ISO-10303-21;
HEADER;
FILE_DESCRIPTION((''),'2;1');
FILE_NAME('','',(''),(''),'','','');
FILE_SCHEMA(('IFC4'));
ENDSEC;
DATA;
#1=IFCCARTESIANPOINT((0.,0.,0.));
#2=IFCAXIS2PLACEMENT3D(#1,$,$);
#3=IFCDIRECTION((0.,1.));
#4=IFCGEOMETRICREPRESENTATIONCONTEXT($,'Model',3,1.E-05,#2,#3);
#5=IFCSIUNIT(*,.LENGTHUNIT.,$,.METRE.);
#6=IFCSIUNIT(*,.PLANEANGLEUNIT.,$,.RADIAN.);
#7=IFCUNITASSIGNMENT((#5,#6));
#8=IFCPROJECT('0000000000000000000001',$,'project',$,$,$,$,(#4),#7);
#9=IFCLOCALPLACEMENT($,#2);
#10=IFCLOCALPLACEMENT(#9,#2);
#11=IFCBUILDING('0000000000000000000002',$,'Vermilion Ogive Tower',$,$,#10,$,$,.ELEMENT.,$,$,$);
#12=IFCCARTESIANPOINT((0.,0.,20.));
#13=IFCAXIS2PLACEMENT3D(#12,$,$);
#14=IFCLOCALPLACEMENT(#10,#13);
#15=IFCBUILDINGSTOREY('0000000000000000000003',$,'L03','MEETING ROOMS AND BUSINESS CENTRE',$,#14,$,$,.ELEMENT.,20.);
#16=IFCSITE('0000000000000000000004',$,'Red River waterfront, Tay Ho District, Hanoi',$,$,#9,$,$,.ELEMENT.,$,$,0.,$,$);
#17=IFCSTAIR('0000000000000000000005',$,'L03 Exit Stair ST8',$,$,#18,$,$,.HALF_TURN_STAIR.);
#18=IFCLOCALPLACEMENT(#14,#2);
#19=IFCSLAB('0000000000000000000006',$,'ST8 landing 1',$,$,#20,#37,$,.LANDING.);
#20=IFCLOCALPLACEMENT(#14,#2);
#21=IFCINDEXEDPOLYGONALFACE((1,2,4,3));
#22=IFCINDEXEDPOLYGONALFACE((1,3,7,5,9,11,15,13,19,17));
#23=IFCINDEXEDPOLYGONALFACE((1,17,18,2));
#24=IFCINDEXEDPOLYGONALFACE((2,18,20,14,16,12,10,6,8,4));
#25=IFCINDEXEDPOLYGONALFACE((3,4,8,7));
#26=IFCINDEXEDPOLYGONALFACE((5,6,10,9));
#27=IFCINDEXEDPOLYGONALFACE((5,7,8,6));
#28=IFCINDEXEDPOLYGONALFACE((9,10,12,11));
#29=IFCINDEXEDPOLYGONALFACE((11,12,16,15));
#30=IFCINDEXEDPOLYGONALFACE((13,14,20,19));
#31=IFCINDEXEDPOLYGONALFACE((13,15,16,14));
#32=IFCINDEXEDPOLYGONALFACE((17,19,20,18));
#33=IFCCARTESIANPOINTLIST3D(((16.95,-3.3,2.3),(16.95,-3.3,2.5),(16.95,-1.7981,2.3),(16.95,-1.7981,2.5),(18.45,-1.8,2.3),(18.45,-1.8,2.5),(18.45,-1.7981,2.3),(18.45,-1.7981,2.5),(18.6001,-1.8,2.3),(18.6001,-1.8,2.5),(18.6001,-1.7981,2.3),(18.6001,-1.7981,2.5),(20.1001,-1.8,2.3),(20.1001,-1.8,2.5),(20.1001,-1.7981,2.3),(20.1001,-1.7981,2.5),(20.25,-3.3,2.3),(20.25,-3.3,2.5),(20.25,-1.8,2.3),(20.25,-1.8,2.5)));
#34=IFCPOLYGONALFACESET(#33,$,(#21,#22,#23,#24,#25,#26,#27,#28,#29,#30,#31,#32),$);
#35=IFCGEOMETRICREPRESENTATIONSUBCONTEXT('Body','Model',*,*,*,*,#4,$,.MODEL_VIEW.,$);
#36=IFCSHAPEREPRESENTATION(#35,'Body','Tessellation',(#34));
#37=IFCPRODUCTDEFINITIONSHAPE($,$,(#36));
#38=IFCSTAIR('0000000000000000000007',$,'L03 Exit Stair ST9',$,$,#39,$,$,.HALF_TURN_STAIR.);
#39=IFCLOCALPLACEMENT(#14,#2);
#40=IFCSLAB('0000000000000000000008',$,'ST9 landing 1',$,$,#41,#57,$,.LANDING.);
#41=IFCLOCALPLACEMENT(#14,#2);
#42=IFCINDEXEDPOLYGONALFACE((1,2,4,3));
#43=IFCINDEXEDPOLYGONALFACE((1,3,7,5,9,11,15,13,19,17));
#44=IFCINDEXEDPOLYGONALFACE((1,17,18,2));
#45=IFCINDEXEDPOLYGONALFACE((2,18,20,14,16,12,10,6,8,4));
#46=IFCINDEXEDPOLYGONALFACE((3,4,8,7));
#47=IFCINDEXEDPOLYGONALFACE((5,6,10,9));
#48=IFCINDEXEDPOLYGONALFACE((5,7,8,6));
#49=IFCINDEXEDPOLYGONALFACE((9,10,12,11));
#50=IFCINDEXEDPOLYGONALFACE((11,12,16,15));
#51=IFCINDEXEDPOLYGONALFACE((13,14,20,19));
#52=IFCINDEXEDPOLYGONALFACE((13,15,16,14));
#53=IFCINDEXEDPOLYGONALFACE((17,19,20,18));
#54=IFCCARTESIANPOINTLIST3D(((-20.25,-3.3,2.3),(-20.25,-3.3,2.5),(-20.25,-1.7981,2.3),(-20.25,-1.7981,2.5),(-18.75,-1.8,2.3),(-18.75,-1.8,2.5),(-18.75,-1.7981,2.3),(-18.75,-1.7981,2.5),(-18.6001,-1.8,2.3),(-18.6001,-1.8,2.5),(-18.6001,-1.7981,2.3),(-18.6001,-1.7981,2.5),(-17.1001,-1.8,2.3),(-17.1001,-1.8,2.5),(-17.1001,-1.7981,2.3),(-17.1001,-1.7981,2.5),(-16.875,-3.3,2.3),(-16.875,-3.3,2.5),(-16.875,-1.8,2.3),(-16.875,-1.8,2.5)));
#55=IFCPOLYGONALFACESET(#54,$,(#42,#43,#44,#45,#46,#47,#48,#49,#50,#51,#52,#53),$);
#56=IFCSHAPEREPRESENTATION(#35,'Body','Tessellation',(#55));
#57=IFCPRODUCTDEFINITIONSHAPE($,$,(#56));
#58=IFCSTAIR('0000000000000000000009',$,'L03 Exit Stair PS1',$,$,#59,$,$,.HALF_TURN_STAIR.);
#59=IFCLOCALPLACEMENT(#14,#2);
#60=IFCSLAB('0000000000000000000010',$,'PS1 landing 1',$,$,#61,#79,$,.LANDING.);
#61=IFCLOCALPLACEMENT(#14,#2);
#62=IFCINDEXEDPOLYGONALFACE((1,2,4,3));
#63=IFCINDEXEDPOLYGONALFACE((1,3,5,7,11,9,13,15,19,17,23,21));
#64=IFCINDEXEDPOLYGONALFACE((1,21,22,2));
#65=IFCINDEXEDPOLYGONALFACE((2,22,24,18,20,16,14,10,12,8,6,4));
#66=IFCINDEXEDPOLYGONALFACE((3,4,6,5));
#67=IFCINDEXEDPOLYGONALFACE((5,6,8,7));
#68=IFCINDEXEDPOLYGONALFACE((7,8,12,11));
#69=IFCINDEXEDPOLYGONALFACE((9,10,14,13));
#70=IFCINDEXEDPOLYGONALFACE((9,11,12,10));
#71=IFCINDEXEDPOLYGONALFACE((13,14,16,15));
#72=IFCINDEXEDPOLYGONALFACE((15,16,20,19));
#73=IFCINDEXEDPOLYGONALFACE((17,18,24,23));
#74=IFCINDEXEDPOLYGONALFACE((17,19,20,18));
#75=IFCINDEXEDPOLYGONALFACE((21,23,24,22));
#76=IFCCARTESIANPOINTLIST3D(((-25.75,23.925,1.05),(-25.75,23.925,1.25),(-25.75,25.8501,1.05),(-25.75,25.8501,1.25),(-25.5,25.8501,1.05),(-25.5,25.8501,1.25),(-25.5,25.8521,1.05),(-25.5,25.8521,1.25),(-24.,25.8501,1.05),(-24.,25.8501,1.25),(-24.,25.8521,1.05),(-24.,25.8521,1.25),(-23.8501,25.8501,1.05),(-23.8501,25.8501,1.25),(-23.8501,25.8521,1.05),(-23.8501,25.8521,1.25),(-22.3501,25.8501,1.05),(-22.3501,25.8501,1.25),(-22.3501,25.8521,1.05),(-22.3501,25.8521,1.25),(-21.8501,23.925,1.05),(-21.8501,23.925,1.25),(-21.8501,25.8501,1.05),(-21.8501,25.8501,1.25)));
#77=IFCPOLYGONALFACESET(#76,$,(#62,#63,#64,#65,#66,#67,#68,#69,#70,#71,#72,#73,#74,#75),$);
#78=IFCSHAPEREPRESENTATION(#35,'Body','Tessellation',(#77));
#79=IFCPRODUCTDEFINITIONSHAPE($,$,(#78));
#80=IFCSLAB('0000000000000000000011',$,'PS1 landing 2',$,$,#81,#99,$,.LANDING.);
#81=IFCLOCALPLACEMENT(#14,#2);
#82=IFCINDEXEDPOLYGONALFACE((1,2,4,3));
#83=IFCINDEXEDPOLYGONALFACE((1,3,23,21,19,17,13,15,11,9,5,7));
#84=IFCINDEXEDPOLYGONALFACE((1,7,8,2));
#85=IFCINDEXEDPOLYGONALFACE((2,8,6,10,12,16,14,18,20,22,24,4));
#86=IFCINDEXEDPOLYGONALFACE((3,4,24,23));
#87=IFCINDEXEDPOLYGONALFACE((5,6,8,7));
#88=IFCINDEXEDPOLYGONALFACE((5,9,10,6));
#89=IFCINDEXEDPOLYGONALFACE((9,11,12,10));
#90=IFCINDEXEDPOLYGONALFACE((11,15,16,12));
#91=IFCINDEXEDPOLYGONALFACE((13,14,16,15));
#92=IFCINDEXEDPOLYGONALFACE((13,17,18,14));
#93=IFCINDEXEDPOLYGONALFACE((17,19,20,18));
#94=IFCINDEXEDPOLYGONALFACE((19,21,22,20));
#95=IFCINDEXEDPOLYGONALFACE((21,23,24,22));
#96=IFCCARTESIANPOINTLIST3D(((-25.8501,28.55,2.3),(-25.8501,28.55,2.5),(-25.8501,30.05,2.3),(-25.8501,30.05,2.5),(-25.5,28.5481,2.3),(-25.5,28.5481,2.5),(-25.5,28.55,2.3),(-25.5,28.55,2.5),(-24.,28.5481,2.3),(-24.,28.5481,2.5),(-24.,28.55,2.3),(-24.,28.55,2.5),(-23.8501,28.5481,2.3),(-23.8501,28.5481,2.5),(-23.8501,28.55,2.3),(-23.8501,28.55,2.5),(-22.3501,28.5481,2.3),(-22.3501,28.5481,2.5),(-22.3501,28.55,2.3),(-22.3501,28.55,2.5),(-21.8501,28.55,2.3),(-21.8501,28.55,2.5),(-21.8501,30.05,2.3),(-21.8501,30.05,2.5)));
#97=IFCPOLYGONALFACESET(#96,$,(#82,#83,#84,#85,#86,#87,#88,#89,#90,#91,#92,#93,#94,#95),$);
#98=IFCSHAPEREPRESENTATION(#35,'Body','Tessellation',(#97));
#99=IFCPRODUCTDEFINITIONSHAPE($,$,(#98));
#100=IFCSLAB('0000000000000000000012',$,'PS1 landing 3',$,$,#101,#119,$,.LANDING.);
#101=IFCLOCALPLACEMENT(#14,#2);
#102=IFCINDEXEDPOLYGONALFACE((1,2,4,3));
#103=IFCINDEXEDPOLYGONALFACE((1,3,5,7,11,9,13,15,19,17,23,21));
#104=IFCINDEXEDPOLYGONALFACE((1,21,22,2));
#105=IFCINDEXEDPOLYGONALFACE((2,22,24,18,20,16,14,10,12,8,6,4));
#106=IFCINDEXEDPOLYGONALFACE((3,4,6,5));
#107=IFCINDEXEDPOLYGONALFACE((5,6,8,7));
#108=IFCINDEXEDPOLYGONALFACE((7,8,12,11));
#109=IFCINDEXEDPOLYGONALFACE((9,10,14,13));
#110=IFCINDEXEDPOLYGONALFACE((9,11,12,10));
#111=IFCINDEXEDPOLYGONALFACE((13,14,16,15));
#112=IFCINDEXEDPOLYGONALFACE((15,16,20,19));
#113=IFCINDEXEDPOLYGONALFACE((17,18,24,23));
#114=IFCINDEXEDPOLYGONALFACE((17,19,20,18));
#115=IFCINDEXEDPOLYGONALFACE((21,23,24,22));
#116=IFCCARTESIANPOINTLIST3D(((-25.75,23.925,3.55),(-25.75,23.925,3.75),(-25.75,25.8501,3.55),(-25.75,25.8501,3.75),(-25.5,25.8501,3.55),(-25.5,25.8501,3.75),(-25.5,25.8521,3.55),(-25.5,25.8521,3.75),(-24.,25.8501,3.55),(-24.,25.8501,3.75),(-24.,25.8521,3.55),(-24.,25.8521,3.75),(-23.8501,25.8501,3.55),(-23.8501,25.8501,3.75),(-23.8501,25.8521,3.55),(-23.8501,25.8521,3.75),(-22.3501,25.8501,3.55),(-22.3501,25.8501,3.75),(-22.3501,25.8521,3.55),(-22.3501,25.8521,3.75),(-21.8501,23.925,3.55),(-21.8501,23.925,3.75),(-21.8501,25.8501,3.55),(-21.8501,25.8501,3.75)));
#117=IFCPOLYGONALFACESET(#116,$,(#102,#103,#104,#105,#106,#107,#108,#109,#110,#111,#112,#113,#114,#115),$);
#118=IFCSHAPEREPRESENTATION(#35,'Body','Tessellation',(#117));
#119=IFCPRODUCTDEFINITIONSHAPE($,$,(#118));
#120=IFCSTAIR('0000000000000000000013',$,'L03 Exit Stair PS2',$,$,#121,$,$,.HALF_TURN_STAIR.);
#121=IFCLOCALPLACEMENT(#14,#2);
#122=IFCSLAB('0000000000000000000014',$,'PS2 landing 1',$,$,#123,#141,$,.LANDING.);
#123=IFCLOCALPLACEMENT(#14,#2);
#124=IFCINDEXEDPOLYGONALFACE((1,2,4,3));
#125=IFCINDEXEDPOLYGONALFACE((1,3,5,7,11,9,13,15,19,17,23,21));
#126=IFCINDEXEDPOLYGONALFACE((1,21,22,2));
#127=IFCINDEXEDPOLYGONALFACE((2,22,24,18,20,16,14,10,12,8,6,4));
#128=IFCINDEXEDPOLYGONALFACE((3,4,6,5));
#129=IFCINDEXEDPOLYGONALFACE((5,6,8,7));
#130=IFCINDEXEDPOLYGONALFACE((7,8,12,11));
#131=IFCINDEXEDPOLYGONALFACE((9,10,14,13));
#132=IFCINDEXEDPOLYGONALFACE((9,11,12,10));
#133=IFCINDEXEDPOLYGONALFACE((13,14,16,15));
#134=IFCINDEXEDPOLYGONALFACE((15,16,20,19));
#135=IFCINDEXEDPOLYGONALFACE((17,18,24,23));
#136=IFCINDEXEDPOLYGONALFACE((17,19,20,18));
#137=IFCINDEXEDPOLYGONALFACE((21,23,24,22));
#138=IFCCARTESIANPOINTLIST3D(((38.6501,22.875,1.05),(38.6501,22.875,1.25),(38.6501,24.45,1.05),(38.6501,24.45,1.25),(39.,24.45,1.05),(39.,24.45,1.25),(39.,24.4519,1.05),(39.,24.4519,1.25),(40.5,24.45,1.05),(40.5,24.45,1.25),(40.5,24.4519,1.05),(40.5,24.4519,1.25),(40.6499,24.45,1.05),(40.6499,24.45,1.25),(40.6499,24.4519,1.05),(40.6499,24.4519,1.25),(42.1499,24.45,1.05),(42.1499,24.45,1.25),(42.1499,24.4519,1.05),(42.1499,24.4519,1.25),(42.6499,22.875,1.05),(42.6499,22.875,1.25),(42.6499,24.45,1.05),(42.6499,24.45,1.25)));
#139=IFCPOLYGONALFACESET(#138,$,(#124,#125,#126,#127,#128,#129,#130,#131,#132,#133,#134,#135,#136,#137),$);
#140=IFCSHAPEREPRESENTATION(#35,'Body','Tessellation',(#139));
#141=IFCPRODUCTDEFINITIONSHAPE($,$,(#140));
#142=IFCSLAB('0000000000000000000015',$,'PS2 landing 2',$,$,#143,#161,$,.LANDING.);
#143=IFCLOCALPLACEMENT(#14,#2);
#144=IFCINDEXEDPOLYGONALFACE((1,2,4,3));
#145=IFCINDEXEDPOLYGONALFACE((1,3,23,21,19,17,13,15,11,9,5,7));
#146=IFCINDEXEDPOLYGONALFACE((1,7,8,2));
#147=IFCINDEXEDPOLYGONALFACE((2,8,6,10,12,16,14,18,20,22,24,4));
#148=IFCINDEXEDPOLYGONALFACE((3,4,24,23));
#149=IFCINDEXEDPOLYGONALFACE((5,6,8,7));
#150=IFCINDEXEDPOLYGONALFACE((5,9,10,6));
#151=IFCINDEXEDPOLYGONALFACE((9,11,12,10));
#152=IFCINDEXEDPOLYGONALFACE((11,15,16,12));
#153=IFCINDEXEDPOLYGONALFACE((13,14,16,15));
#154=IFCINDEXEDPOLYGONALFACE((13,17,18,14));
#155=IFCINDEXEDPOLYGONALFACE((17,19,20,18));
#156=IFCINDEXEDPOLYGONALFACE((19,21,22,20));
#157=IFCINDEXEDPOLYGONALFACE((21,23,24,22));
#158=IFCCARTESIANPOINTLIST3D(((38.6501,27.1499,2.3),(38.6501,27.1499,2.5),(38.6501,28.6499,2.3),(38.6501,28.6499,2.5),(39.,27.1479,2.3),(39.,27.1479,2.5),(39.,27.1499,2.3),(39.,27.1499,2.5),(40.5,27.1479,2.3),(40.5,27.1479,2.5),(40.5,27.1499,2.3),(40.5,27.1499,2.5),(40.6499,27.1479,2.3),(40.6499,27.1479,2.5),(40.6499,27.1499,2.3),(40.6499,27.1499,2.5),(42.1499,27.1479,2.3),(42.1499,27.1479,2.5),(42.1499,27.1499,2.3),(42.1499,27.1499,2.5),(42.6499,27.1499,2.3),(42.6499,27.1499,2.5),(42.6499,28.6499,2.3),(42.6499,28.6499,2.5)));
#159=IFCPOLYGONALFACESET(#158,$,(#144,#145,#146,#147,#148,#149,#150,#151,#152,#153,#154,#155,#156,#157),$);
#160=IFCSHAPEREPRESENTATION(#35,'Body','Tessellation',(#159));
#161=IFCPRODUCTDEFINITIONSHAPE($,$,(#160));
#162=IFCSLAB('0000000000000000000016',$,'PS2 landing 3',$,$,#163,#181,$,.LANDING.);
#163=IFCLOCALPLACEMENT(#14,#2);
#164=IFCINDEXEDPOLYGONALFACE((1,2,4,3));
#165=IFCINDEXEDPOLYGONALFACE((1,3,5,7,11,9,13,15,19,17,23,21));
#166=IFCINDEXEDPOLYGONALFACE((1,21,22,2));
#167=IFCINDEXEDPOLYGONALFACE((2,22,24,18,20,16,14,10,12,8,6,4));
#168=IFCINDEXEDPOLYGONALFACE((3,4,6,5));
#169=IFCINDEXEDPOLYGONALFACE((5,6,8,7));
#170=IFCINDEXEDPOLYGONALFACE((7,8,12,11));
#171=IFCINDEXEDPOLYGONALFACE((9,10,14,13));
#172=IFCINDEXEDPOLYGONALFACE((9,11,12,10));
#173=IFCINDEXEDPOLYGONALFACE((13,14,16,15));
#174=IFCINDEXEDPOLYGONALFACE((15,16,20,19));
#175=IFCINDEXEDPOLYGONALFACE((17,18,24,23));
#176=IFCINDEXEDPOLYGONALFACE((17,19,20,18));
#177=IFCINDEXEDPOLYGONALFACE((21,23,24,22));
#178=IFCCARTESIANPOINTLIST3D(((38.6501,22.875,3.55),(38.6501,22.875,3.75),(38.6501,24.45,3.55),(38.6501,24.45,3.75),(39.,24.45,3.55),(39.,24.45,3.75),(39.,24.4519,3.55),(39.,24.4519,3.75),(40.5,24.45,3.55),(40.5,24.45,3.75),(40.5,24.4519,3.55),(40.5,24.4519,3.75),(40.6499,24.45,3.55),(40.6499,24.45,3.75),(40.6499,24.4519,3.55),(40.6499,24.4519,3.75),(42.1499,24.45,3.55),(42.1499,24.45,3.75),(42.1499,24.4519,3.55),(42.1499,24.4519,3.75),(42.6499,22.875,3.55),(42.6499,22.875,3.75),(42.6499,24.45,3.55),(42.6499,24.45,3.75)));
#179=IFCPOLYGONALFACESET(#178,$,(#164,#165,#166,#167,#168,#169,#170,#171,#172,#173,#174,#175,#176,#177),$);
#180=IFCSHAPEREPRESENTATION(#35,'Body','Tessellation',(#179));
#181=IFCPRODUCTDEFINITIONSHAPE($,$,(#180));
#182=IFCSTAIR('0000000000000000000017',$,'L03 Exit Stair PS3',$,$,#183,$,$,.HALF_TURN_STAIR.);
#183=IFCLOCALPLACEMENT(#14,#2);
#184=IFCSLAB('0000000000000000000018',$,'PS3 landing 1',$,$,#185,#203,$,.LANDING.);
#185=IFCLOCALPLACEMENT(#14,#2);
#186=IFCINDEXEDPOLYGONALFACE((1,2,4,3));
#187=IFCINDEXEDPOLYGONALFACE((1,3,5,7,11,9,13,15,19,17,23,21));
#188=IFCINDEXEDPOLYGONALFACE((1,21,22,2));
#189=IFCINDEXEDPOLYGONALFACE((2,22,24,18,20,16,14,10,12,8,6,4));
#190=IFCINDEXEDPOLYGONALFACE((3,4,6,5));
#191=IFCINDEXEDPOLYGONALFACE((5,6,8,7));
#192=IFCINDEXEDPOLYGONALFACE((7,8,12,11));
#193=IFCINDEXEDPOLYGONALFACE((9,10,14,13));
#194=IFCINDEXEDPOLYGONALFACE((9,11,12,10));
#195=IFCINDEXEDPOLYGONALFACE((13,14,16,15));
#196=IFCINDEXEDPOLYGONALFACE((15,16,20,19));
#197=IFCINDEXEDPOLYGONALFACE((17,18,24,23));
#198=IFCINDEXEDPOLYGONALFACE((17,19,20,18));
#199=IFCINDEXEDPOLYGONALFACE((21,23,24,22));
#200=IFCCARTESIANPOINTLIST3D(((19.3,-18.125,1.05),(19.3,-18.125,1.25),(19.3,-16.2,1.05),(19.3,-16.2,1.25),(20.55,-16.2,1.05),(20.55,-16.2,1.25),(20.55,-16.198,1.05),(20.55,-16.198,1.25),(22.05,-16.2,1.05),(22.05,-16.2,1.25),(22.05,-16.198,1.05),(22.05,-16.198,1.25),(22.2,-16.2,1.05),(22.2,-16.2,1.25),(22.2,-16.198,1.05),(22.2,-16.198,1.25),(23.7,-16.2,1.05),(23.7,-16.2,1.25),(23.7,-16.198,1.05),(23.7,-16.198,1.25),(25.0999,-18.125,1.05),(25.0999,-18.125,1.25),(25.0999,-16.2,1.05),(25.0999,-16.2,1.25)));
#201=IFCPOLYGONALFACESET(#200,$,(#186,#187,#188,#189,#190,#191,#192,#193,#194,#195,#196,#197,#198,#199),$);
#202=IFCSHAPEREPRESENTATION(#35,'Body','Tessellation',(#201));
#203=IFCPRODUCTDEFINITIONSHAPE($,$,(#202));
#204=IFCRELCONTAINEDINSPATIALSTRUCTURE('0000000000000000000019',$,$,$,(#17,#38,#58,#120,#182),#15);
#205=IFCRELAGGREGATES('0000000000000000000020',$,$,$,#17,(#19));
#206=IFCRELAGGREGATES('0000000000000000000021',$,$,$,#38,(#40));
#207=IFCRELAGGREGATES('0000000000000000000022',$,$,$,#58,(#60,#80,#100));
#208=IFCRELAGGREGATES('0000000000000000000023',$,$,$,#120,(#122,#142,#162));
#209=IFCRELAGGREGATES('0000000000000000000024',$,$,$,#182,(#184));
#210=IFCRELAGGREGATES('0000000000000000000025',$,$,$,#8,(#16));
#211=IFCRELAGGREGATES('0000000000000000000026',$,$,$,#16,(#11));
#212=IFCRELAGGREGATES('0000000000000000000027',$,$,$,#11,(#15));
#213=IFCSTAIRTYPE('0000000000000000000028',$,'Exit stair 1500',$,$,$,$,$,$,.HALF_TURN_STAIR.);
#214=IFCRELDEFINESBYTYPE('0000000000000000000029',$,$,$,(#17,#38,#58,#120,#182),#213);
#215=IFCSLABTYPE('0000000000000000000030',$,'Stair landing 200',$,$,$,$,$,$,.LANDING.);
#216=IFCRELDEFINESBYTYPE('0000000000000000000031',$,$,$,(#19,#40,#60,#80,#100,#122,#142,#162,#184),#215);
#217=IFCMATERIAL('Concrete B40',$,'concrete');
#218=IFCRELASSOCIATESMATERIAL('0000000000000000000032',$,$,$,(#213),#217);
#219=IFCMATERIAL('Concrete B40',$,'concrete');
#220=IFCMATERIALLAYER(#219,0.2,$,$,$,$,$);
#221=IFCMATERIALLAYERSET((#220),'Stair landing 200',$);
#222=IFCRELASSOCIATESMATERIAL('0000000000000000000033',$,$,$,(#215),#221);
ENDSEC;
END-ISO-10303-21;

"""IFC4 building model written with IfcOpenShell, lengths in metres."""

from ifc_helpers import new_model, si_unit, direction, frame, origin, place, context, subcontext, project, spatial, polyline, outline, extrude, material, layer, layer_set, type_object, element, aggregate, save


model = new_model("IFC4")

# Units and contexts
model_context = context("Model", 3, precision=1e-05, world=origin(), true_north=direction((0.0, 1.0)))
body_context = subcontext(model_context, "Body", "Model", "MODEL_VIEW")
ifc_project = project(units=[si_unit("LENGTHUNIT", "METRE"), si_unit("PLANEANGLEUNIT", "RADIAN")], contexts=[model_context])

# Site, building, storey
site_placement = place(None, origin())
site = spatial("IfcSite", under=ifc_project, at=site_placement, Name="Red River waterfront, Tay Ho District, Hanoi", CompositionType="ELEMENT", RefElevation=0.0)
building_placement = place(site_placement, origin())
building = spatial("IfcBuilding", under=site, at=building_placement, Name="Vermilion Ogive Tower", CompositionType="ELEMENT")
storey_placement = place(building_placement, frame((0.0, 0.0, 20.0)))
storey = spatial("IfcBuildingStorey", under=building, at=storey_placement, Name="L03", Description="MEETING ROOMS AND BUSINESS CENTRE", CompositionType="ELEMENT", Elevation=20.0)

# Stairs, slabs
ifc_material_1 = material(Name="Concrete B40", Category="concrete")
stair_type = type_object("IfcStairType", Name="Exit stair 1500", PredefinedType="HALF_TURN_STAIR", material=ifc_material_1)
ifc_material_2 = material(Name="Concrete B40", Category="concrete")
ifc_layer_1 = layer(ifc_material_2, 0.2)
ifc_layer_set_1 = layer_set([ifc_layer_1], Name="Stair landing 200")
slab_type_1 = type_object("IfcSlabType", Name="Stair landing 200", PredefinedType="LANDING", material=ifc_layer_set_1)
stair_1_placement = place(storey_placement, origin())
stair_1 = element("IfcStair", 1, at=stair_1_placement, inside=storey, type_object=stair_type, Name="L03 Exit Stair ST8", PredefinedType="HALF_TURN_STAIR")
slab_1_placement = place(storey_placement, frame((0.0, 0.0, 2.3)))
slab_1 = element("IfcSlab", 2, at=slab_1_placement, type_object=slab_type_1, Name="ST8 landing 1", PredefinedType="LANDING", context=body_context, shape_type="SweptSolid", body=[
    extrude(outline(polyline([(20.25, -1.8), (20.1001, -1.8), (20.1001, -1.7981), (18.6001, -1.7981), (18.6001, -1.8), (18.45, -1.8), (18.45, -1.7981), (16.95, -1.7981), (16.95, -3.3), (20.25, -3.3), (20.25, -1.8)])), origin(), (0.0, 0.0, 1.0), 0.2),
])
aggregate(stair_1, [slab_1])
stair_2_placement = place(storey_placement, origin())
stair_2 = element("IfcStair", 3, at=stair_2_placement, inside=storey, type_object=stair_type, Name="L03 Exit Stair ST9", PredefinedType="HALF_TURN_STAIR")
slab_2_placement = place(storey_placement, frame((0.0, 0.0, 2.3)))
slab_2 = element("IfcSlab", 4, at=slab_2_placement, type_object=slab_type_1, Name="ST9 landing 1", PredefinedType="LANDING", context=body_context, shape_type="SweptSolid", body=[
    extrude(outline(polyline([(-16.875, -1.8), (-17.1001, -1.8), (-17.1001, -1.7981), (-18.6001, -1.7981), (-18.6001, -1.8), (-18.75, -1.8), (-18.75, -1.7981), (-20.25, -1.7981), (-20.25, -3.3), (-16.875, -3.3), (-16.875, -1.8)])), origin(), (0.0, 0.0, 1.0), 0.2),
])
aggregate(stair_2, [slab_2])

# Stairs, slabs
stair_3_placement = place(storey_placement, origin())
stair_3 = element("IfcStair", 5, at=stair_3_placement, inside=storey, type_object=stair_type, Name="L03 Exit Stair PS1", PredefinedType="HALF_TURN_STAIR")
slab_3_placement = place(storey_placement, frame((0.0, 0.0, 1.05)))
slab_3 = element("IfcSlab", 6, at=slab_3_placement, type_object=slab_type_1, Name="PS1 landing 1", PredefinedType="LANDING", context=body_context, shape_type="SweptSolid", body=[
    extrude(outline(polyline([(-21.8501, 25.8501), (-22.3501, 25.8501), (-22.3501, 25.8521), (-23.8501, 25.8521), (-23.8501, 25.8501), (-24.0, 25.8501), (-24.0, 25.8521), (-25.5, 25.8521), (-25.5, 25.8501), (-25.75, 25.8501), (-25.75, 23.925), (-21.8501, 23.925), (-21.8501, 25.8501)])), origin(), (0.0, 0.0, 1.0), 0.2),
])
slab_4_placement = place(storey_placement, frame((0.0, 0.0, 2.3)))
slab_4 = element("IfcSlab", 7, at=slab_4_placement, type_object=slab_type_1, Name="PS1 landing 2", PredefinedType="LANDING", context=body_context, shape_type="SweptSolid", body=[
    extrude(outline(polyline([(-25.8501, 28.55), (-25.5, 28.55), (-25.5, 28.5481), (-24.0, 28.5481), (-24.0, 28.55), (-23.8501, 28.55), (-23.8501, 28.5481), (-22.3501, 28.5481), (-22.3501, 28.55), (-21.8501, 28.55), (-21.8501, 30.05), (-25.8501, 30.05), (-25.8501, 28.55)])), origin(), (0.0, 0.0, 1.0), 0.2),
])
slab_5_placement = place(storey_placement, frame((0.0, 0.0, 3.55)))
slab_5 = element("IfcSlab", 8, at=slab_5_placement, type_object=slab_type_1, Name="PS1 landing 3", PredefinedType="LANDING", context=body_context, shape_type="SweptSolid", body=[
    extrude(outline(polyline([(-21.8501, 25.8501), (-22.3501, 25.8501), (-22.3501, 25.8521), (-23.8501, 25.8521), (-23.8501, 25.8501), (-24.0, 25.8501), (-24.0, 25.8521), (-25.5, 25.8521), (-25.5, 25.8501), (-25.75, 25.8501), (-25.75, 23.925), (-21.8501, 23.925), (-21.8501, 25.8501)])), origin(), (0.0, 0.0, 1.0), 0.2),
])
aggregate(stair_3, [slab_3, slab_4, slab_5])
stair_4_placement = place(storey_placement, origin())
stair_4 = element("IfcStair", 9, at=stair_4_placement, inside=storey, type_object=stair_type, Name="L03 Exit Stair PS2", PredefinedType="HALF_TURN_STAIR")
slab_6_placement = place(storey_placement, frame((0.0, 0.0, 1.05)))
slab_6 = element("IfcSlab", 10, at=slab_6_placement, type_object=slab_type_1, Name="PS2 landing 1", PredefinedType="LANDING", context=body_context, shape_type="SweptSolid", body=[
    extrude(outline(polyline([(42.6499, 24.45), (42.1499, 24.45), (42.1499, 24.4519), (40.6499, 24.4519), (40.6499, 24.45), (40.5, 24.45), (40.5, 24.4519), (39.0, 24.4519), (39.0, 24.45), (38.6501, 24.45), (38.6501, 22.875), (42.6499, 22.875), (42.6499, 24.45)])), origin(), (0.0, 0.0, 1.0), 0.2),
])
slab_7_placement = place(storey_placement, frame((0.0, 0.0, 2.3)))
slab_7 = element("IfcSlab", 11, at=slab_7_placement, type_object=slab_type_1, Name="PS2 landing 2", PredefinedType="LANDING", context=body_context, shape_type="SweptSolid", body=[
    extrude(outline(polyline([(38.6501, 27.1499), (39.0, 27.1499), (39.0, 27.1479), (40.5, 27.1479), (40.5, 27.1499), (40.6499, 27.1499), (40.6499, 27.1479), (42.1499, 27.1479), (42.1499, 27.1499), (42.6499, 27.1499), (42.6499, 28.6499), (38.6501, 28.6499), (38.6501, 27.1499)])), origin(), (0.0, 0.0, 1.0), 0.2),
])
slab_8_placement = place(storey_placement, frame((0.0, 0.0, 3.55)))
slab_8 = element("IfcSlab", 12, at=slab_8_placement, type_object=slab_type_1, Name="PS2 landing 3", PredefinedType="LANDING", context=body_context, shape_type="SweptSolid", body=[
    extrude(outline(polyline([(42.6499, 24.45), (42.1499, 24.45), (42.1499, 24.4519), (40.6499, 24.4519), (40.6499, 24.45), (40.5, 24.45), (40.5, 24.4519), (39.0, 24.4519), (39.0, 24.45), (38.6501, 24.45), (38.6501, 22.875), (42.6499, 22.875), (42.6499, 24.45)])), origin(), (0.0, 0.0, 1.0), 0.2),
])
aggregate(stair_4, [slab_6, slab_7, slab_8])
stair_5_placement = place(storey_placement, origin())
stair_5 = element("IfcStair", 13, at=stair_5_placement, inside=storey, type_object=stair_type, Name="L03 Exit Stair PS3", PredefinedType="HALF_TURN_STAIR")
slab_9_placement = place(storey_placement, frame((0.0, 0.0, 1.05)))
slab_9 = element("IfcSlab", 14, at=slab_9_placement, type_object=slab_type_1, Name="PS3 landing 1", PredefinedType="LANDING", context=body_context, shape_type="SweptSolid", body=[
    extrude(outline(polyline([(25.0999, -16.2), (23.7, -16.2), (23.7, -16.198), (22.2, -16.198), (22.2, -16.2), (22.05, -16.2), (22.05, -16.198), (20.55, -16.198), (20.55, -16.2), (19.3, -16.2), (19.3, -18.125), (25.0999, -18.125), (25.0999, -16.2)])), origin(), (0.0, 0.0, 1.0), 0.2),
])
aggregate(stair_5, [slab_9])

save(model, "model.ifc")
